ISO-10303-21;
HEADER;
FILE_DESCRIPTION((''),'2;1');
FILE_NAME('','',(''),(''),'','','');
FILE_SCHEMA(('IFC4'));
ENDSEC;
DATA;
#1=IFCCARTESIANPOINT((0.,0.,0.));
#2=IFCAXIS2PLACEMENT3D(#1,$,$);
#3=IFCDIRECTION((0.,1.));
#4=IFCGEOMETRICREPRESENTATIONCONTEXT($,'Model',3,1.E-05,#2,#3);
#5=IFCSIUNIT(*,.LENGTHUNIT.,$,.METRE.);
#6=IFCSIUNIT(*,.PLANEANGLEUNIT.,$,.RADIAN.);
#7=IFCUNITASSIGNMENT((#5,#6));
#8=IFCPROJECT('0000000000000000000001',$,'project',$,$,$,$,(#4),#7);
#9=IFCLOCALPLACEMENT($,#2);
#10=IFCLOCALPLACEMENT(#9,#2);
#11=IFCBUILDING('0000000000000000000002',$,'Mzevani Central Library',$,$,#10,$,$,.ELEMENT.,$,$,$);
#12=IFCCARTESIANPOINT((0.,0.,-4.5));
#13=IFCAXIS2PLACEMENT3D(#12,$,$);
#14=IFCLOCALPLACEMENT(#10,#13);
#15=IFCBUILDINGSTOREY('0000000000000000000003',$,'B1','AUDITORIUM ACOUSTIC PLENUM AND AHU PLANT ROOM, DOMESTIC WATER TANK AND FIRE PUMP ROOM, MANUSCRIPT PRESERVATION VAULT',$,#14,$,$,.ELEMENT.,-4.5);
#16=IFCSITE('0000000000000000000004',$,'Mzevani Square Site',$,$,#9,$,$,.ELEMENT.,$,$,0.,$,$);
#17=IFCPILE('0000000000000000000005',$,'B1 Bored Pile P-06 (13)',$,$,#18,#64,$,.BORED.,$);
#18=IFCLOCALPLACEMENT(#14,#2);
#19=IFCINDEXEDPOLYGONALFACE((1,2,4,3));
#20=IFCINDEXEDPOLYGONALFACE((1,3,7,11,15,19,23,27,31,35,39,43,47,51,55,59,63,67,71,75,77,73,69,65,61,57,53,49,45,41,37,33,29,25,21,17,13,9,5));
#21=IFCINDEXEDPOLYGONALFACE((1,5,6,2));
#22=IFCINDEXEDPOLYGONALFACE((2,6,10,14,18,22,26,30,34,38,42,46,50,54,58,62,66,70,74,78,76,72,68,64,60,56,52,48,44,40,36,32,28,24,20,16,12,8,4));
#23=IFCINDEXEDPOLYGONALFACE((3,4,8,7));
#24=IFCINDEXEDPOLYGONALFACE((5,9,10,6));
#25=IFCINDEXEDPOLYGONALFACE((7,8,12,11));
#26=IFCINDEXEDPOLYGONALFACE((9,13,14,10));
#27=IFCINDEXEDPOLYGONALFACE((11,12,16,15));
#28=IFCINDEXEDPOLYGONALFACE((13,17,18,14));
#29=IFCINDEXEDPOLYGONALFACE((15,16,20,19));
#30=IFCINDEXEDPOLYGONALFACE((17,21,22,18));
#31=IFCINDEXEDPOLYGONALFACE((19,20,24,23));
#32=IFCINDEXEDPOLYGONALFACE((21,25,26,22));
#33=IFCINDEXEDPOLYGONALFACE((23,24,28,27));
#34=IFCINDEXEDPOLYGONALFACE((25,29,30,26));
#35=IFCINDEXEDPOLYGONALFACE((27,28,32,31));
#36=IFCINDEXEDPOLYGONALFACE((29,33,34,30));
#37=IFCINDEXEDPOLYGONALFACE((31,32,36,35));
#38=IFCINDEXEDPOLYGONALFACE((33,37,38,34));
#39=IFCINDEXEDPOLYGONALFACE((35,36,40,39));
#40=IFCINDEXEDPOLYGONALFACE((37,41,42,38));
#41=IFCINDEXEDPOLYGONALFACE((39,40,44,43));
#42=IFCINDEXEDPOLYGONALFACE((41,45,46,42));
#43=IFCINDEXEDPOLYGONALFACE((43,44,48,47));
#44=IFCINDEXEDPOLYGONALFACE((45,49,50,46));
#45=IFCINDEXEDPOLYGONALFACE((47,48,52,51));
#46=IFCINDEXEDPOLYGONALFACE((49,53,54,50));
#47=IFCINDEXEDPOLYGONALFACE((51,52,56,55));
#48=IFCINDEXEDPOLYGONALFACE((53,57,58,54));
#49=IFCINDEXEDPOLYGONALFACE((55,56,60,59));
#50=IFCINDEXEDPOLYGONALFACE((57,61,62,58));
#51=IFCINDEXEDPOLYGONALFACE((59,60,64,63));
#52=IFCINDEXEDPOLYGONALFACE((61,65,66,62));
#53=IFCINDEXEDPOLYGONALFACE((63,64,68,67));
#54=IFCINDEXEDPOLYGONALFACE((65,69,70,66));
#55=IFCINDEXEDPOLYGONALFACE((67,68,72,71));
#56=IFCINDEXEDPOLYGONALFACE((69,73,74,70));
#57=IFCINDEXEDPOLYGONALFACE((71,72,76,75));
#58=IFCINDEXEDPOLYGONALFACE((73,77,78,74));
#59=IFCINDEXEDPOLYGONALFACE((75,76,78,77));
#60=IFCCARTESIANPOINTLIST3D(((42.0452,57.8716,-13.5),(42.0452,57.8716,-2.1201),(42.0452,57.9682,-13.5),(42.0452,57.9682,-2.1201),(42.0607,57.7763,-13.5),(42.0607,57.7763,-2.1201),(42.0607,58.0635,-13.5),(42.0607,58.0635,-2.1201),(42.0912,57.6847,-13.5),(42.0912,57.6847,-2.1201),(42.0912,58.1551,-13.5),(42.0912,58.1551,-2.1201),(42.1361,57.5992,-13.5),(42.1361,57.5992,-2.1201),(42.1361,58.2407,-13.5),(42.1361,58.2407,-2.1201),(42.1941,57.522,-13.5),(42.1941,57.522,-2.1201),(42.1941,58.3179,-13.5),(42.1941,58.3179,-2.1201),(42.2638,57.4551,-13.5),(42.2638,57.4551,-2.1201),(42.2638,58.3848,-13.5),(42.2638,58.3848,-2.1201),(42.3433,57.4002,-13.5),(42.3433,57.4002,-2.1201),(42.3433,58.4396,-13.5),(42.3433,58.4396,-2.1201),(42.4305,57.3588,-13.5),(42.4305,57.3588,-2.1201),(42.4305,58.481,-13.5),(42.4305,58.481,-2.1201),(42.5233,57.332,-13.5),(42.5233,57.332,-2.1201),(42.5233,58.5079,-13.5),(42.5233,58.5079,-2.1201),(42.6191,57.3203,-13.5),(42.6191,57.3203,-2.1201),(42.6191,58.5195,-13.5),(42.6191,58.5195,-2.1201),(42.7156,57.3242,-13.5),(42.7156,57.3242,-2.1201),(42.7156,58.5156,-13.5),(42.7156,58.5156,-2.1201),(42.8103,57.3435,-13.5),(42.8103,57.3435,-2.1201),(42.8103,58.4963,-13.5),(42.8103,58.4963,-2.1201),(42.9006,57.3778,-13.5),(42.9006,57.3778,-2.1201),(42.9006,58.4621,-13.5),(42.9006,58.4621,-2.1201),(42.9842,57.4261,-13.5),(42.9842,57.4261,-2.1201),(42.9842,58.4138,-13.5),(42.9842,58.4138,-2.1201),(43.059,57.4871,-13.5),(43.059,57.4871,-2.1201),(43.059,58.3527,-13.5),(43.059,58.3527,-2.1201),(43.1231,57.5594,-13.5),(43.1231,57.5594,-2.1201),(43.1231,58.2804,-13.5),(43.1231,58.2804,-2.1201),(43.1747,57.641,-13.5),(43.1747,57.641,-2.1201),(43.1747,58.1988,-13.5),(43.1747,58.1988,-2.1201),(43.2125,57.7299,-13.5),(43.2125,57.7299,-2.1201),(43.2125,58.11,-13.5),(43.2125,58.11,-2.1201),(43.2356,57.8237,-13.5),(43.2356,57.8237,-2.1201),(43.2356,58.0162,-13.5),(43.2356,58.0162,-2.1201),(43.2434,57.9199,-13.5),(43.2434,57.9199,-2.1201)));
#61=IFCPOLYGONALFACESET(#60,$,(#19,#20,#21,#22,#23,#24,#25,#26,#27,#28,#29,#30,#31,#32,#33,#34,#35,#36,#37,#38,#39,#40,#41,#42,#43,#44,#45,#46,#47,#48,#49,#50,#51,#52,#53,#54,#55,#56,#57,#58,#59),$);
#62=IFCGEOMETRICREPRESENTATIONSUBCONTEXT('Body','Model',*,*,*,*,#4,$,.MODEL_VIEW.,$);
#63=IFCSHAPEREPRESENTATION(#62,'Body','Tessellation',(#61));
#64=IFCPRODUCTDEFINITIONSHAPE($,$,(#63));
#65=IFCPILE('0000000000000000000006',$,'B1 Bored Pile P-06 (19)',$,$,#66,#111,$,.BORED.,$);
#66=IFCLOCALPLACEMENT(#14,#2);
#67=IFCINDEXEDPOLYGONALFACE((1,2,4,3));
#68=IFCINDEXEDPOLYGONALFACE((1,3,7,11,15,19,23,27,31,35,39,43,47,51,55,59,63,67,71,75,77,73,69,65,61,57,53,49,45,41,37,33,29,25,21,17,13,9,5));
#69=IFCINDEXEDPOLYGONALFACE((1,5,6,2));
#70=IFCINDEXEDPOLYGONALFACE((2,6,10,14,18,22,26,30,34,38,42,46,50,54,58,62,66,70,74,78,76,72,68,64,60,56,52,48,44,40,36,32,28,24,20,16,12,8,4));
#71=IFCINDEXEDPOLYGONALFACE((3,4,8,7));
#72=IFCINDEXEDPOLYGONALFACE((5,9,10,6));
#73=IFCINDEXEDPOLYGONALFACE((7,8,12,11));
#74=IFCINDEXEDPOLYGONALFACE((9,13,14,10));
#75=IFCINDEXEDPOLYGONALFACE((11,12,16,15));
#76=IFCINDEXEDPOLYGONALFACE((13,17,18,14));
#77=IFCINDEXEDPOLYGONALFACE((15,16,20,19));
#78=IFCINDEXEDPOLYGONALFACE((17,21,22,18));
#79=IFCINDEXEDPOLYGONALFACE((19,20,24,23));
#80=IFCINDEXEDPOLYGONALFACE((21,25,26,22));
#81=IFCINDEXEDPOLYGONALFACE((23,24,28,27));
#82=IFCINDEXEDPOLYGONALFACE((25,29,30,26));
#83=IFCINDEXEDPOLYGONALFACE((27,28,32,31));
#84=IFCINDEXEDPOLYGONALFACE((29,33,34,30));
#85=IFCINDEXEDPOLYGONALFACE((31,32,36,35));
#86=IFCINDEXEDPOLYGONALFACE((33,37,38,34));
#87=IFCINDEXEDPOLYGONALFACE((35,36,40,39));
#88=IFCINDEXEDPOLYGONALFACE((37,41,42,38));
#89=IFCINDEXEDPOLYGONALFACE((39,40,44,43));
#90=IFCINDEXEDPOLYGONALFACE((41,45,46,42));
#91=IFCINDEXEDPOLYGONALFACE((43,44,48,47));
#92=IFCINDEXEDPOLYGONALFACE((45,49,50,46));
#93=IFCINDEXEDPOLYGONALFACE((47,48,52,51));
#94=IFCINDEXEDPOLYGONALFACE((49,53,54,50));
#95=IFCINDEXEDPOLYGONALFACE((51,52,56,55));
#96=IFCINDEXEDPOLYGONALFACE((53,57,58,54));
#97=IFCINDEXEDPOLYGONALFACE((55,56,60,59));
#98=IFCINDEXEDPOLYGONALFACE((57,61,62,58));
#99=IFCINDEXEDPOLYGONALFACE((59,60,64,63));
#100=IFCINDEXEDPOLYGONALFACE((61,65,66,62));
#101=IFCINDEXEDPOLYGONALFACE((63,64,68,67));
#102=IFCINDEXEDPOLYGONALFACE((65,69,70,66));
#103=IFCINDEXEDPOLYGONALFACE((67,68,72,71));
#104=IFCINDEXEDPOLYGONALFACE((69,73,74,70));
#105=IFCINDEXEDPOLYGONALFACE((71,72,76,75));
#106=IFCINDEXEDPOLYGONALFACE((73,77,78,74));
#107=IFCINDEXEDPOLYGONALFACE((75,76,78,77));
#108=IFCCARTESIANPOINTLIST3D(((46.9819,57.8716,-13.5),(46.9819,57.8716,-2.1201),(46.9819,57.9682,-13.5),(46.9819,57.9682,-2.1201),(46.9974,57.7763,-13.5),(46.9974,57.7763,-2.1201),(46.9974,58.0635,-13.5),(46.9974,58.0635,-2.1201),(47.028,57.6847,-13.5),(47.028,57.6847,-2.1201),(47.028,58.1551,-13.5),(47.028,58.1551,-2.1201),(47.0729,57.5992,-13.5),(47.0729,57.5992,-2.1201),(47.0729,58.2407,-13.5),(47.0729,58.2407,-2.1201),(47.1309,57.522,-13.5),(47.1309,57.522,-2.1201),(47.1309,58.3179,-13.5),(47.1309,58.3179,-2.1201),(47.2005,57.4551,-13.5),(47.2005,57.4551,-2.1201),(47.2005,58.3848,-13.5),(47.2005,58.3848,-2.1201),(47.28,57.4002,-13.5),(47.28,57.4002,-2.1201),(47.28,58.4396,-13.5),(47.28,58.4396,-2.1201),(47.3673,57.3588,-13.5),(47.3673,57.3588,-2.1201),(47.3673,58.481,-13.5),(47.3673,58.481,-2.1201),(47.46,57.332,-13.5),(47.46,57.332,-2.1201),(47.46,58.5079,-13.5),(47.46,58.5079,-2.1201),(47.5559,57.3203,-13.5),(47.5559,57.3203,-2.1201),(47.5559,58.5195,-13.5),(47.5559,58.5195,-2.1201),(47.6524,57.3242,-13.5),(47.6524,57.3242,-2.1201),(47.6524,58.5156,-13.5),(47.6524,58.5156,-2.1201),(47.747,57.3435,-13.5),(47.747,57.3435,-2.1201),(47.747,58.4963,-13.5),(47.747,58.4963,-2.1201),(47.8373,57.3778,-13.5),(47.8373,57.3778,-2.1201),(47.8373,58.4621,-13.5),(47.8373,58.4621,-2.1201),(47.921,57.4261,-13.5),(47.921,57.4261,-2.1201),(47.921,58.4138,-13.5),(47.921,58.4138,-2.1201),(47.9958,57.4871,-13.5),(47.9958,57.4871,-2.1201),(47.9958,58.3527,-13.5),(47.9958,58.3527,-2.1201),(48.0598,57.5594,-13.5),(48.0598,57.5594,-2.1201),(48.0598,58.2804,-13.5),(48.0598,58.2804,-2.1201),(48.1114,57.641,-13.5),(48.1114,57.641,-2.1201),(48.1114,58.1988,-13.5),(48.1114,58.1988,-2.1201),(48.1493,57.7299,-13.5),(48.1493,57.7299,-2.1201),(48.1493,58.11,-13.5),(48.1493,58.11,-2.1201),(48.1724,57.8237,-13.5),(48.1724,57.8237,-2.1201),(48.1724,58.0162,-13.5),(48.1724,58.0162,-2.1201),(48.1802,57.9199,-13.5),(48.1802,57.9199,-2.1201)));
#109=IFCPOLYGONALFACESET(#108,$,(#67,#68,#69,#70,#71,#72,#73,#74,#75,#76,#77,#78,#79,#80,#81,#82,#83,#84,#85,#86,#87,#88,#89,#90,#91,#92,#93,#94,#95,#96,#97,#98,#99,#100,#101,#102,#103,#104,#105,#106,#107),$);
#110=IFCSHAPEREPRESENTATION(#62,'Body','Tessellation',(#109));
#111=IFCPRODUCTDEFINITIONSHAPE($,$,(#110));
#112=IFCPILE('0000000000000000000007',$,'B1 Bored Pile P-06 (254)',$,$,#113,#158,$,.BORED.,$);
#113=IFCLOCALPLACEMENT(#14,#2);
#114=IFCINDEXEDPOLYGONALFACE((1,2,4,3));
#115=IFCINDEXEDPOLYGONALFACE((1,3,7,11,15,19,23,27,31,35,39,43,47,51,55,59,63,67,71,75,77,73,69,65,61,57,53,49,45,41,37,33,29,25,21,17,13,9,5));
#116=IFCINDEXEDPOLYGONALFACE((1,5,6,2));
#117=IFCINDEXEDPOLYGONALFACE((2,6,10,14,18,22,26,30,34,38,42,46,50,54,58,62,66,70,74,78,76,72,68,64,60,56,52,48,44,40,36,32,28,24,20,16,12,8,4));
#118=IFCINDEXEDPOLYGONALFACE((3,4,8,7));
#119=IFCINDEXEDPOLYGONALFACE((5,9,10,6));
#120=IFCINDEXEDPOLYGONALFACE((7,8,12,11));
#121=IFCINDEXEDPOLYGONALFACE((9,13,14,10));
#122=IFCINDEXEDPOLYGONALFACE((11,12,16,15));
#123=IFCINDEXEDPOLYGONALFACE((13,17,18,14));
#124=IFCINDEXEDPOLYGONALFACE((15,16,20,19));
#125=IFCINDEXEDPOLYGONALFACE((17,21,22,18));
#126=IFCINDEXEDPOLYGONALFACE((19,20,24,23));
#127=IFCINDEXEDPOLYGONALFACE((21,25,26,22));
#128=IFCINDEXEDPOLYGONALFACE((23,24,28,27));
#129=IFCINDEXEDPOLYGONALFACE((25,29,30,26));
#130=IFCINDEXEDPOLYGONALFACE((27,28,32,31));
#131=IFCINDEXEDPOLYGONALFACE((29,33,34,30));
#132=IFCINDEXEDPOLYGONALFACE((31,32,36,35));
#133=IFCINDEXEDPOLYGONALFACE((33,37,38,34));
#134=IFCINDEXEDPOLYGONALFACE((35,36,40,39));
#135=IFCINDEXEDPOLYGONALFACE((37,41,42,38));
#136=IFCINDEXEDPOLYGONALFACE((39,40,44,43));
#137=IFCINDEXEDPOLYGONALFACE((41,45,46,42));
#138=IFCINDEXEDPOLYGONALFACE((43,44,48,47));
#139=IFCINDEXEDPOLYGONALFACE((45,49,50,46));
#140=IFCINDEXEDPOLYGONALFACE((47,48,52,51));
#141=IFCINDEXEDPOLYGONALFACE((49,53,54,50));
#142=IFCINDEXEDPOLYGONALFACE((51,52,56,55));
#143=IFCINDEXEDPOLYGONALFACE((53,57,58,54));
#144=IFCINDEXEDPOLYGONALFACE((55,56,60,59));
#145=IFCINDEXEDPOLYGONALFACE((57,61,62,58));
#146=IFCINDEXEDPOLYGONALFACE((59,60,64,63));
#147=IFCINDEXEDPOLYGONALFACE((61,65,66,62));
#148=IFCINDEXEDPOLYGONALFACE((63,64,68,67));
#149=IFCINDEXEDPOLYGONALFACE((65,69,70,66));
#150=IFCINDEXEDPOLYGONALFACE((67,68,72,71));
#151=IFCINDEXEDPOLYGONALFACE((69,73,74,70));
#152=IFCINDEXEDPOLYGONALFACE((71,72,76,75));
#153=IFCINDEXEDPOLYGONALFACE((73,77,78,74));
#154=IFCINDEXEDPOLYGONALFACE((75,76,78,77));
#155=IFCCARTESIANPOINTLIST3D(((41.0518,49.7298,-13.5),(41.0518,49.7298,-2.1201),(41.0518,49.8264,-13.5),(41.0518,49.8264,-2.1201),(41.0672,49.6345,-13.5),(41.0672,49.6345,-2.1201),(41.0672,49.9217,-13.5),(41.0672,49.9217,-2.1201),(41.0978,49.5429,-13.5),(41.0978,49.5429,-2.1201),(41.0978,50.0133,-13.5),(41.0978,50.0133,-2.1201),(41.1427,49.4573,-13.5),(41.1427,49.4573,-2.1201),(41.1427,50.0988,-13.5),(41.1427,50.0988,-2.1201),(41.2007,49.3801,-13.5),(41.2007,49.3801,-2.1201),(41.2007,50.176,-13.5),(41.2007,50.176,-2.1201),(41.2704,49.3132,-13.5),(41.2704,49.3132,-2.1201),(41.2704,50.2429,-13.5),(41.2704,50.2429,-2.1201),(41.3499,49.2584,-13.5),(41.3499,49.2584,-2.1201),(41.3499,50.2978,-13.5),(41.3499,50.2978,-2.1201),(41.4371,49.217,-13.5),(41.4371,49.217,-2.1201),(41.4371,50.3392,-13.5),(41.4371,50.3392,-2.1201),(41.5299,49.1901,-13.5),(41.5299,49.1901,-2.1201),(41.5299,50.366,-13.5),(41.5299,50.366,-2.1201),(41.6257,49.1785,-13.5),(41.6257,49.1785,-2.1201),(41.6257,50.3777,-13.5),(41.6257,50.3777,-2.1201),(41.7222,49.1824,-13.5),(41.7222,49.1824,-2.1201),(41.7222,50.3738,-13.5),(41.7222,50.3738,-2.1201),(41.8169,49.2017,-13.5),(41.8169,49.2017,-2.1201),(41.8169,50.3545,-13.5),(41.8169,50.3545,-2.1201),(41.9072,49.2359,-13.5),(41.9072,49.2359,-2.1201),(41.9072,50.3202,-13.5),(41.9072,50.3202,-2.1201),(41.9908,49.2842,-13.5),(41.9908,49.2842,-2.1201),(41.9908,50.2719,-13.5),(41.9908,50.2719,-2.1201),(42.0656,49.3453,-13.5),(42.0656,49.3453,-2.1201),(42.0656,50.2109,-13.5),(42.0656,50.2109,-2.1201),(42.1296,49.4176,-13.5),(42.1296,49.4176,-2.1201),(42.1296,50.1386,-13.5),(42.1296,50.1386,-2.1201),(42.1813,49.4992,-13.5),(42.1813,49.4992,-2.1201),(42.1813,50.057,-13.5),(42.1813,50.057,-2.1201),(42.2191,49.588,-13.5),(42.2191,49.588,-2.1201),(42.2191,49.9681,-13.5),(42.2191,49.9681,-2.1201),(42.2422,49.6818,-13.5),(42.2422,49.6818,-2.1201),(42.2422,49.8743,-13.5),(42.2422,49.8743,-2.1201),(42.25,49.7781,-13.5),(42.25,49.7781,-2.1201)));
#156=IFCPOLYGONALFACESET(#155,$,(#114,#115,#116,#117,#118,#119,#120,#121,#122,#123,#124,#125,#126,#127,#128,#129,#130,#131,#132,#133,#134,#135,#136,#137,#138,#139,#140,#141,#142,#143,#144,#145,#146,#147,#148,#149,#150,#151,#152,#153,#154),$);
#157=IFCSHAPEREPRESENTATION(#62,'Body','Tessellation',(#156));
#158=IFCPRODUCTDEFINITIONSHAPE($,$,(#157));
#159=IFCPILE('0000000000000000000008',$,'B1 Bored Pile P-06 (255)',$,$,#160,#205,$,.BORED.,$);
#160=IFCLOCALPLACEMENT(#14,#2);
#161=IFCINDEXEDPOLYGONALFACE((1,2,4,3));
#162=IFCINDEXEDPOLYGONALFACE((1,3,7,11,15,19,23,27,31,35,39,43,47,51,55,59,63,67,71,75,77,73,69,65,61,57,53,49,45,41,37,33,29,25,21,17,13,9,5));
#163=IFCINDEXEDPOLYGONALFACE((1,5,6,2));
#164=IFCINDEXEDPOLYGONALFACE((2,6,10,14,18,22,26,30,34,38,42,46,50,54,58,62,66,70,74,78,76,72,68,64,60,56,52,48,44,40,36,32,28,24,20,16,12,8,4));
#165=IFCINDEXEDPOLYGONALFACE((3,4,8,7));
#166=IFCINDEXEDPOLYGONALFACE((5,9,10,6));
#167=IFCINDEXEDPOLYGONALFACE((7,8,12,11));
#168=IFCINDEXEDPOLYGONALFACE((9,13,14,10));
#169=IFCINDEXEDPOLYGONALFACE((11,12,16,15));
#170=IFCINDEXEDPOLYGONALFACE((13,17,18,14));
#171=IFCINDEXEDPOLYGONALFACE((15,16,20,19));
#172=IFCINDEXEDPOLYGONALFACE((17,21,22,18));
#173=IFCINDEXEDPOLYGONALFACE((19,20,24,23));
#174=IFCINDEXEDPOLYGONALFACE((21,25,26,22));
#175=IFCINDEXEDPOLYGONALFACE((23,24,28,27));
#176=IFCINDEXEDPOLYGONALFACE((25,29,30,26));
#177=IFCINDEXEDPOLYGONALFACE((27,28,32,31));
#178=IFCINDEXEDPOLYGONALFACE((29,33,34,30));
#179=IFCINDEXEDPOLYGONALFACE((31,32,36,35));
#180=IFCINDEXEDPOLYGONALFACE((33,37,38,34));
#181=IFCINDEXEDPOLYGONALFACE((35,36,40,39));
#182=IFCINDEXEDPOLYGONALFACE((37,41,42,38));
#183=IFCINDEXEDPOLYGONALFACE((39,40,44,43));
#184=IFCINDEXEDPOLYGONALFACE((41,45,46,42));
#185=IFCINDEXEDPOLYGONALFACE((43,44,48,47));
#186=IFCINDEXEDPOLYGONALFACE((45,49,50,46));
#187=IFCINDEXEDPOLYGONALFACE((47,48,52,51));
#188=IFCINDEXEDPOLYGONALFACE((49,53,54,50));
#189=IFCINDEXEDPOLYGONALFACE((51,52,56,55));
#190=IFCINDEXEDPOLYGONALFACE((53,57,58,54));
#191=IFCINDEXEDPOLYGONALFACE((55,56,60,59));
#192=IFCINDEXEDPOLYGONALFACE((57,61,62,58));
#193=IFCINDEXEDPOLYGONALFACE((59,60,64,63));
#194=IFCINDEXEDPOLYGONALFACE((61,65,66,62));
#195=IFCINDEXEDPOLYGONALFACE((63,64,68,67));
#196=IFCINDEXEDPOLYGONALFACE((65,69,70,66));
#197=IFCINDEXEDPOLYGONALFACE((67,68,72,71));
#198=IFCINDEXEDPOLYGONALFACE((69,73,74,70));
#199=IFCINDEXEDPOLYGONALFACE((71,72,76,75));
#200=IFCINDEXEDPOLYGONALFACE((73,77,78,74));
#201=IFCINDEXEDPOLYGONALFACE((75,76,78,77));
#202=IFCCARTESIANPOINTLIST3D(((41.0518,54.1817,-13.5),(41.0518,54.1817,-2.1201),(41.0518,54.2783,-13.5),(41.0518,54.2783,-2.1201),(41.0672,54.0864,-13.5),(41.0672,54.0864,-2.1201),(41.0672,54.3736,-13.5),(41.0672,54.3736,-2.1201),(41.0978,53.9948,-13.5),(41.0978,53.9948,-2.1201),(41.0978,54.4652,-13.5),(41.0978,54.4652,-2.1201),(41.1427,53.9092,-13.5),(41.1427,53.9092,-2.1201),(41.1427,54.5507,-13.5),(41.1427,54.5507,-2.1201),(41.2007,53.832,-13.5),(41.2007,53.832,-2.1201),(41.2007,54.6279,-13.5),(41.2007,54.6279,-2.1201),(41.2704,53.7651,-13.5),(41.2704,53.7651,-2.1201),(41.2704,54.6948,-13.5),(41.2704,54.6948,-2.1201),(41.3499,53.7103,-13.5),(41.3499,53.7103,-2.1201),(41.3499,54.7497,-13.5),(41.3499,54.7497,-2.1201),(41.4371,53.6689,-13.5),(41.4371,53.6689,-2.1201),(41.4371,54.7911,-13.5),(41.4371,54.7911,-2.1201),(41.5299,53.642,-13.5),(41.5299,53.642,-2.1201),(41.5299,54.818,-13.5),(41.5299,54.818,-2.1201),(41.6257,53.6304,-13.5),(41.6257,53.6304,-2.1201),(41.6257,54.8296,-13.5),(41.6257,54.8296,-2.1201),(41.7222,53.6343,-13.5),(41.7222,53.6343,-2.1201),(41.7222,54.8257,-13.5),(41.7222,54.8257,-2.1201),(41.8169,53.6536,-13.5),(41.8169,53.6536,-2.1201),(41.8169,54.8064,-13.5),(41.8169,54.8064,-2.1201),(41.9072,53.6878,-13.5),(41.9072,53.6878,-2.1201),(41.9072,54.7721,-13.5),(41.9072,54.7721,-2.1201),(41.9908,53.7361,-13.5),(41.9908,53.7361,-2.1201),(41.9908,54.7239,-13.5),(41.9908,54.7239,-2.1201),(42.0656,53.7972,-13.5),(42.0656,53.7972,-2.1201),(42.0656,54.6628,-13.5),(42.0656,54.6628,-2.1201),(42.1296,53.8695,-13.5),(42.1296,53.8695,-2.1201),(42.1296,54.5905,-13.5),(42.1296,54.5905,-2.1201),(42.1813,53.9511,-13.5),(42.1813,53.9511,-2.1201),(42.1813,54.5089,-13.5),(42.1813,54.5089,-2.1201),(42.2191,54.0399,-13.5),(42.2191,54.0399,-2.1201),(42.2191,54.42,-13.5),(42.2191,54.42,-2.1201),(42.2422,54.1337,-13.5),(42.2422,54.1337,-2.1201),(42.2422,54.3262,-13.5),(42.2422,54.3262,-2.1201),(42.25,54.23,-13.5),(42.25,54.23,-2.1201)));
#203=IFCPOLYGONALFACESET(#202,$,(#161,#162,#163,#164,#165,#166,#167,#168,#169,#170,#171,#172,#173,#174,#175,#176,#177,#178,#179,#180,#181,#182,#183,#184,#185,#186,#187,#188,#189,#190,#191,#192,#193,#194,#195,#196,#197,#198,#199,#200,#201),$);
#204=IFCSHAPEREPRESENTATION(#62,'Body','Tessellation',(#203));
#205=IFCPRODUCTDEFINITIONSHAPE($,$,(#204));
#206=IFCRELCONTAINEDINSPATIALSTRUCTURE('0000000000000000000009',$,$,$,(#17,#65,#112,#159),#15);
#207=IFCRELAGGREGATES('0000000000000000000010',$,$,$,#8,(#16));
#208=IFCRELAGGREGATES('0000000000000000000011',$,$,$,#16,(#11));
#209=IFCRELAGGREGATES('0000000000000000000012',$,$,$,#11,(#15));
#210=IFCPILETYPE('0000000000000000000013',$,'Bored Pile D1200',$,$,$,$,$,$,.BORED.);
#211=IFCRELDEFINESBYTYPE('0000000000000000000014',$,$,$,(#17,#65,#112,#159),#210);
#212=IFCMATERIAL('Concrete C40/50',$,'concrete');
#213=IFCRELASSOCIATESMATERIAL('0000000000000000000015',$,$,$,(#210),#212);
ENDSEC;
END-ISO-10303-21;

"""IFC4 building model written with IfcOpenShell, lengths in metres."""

from ifc_helpers import new_model, si_unit, direction, frame, origin, origin_2d, place, context, subcontext, project, spatial, circle, extrude, material, material_profile, profile_set, type_object, element, save


model = new_model("IFC4")

# Units and contexts
model_context = context("Model", 3, precision=1e-05, world=origin(), true_north=direction((0.0, 1.0)))
body_context = subcontext(model_context, "Body", "Model", "MODEL_VIEW")
ifc_project = project(units=[si_unit("LENGTHUNIT", "METRE"), si_unit("PLANEANGLEUNIT", "RADIAN")], contexts=[model_context])

# Site, building, storey
site_placement = place(None, origin())
site = spatial("IfcSite", under=ifc_project, at=site_placement, Name="Mzevani Square Site", CompositionType="ELEMENT", RefElevation=0.0)
building_placement = place(site_placement, origin())
building = spatial("IfcBuilding", under=site, at=building_placement, Name="Mzevani Central Library", CompositionType="ELEMENT")
storey_placement = place(building_placement, frame((0.0, 0.0, -4.5)))
storey = spatial("IfcBuildingStorey", under=building, at=storey_placement, Name="B1", Description="AUDITORIUM ACOUSTIC PLENUM AND AHU PLANT ROOM, DOMESTIC WATER TANK AND FIRE PUMP ROOM, MANUSCRIPT PRESERVATION VAULT", CompositionType="ELEMENT", Elevation=-4.5)

# Piles
ifc_material_1 = material(Name="Concrete C40/50", Category="concrete")
ifc_material_profile_1 = material_profile(ifc_material_1, circle(Radius=0.6001, at=origin_2d()), Name="PILE D1200")
ifc_profile_set_1 = profile_set([ifc_material_profile_1], Name="Concrete C40/50")
pile_type = type_object("IfcPileType", Name="Bored Pile D1200", PredefinedType="BORED", material=ifc_profile_set_1)
for number, where, z_axis, x_axis, name in (
    (1, (42.6433, 57.9199, -2.1201), (0.0, 0.0, -1.0), (1.0, 0.0, 0.0), "B1 Bored Pile P-06 (13)"),
    (2, (47.5801, 57.9199, -2.1201), (0.0, 0.0, -1.0), (1.0, 0.0, 0.0), "B1 Bored Pile P-06 (19)"),
    (3, (41.6499, 49.7781, -2.1201), (0.0, 0.0, -1.0), (1.0, 0.0, 0.0), "B1 Bored Pile P-06 (254)"),
    (4, (41.6499, 54.23, -2.1201), (0.0, 0.0, -1.0), (1.0, 0.0, 0.0), "B1 Bored Pile P-06 (255)"),
):
    element("IfcPile", number, at=place(storey_placement, frame(where, z_axis=z_axis, x_axis=x_axis)), inside=storey, type_object=pile_type, Name=name, PredefinedType="BORED", context=body_context, shape_type="SweptSolid", body=[
        extrude(circle(Radius=0.6001, at=origin_2d()), origin(), (0.0, 0.0, 1.0), 11.3799),
    ])

save(model, "model.ifc")
